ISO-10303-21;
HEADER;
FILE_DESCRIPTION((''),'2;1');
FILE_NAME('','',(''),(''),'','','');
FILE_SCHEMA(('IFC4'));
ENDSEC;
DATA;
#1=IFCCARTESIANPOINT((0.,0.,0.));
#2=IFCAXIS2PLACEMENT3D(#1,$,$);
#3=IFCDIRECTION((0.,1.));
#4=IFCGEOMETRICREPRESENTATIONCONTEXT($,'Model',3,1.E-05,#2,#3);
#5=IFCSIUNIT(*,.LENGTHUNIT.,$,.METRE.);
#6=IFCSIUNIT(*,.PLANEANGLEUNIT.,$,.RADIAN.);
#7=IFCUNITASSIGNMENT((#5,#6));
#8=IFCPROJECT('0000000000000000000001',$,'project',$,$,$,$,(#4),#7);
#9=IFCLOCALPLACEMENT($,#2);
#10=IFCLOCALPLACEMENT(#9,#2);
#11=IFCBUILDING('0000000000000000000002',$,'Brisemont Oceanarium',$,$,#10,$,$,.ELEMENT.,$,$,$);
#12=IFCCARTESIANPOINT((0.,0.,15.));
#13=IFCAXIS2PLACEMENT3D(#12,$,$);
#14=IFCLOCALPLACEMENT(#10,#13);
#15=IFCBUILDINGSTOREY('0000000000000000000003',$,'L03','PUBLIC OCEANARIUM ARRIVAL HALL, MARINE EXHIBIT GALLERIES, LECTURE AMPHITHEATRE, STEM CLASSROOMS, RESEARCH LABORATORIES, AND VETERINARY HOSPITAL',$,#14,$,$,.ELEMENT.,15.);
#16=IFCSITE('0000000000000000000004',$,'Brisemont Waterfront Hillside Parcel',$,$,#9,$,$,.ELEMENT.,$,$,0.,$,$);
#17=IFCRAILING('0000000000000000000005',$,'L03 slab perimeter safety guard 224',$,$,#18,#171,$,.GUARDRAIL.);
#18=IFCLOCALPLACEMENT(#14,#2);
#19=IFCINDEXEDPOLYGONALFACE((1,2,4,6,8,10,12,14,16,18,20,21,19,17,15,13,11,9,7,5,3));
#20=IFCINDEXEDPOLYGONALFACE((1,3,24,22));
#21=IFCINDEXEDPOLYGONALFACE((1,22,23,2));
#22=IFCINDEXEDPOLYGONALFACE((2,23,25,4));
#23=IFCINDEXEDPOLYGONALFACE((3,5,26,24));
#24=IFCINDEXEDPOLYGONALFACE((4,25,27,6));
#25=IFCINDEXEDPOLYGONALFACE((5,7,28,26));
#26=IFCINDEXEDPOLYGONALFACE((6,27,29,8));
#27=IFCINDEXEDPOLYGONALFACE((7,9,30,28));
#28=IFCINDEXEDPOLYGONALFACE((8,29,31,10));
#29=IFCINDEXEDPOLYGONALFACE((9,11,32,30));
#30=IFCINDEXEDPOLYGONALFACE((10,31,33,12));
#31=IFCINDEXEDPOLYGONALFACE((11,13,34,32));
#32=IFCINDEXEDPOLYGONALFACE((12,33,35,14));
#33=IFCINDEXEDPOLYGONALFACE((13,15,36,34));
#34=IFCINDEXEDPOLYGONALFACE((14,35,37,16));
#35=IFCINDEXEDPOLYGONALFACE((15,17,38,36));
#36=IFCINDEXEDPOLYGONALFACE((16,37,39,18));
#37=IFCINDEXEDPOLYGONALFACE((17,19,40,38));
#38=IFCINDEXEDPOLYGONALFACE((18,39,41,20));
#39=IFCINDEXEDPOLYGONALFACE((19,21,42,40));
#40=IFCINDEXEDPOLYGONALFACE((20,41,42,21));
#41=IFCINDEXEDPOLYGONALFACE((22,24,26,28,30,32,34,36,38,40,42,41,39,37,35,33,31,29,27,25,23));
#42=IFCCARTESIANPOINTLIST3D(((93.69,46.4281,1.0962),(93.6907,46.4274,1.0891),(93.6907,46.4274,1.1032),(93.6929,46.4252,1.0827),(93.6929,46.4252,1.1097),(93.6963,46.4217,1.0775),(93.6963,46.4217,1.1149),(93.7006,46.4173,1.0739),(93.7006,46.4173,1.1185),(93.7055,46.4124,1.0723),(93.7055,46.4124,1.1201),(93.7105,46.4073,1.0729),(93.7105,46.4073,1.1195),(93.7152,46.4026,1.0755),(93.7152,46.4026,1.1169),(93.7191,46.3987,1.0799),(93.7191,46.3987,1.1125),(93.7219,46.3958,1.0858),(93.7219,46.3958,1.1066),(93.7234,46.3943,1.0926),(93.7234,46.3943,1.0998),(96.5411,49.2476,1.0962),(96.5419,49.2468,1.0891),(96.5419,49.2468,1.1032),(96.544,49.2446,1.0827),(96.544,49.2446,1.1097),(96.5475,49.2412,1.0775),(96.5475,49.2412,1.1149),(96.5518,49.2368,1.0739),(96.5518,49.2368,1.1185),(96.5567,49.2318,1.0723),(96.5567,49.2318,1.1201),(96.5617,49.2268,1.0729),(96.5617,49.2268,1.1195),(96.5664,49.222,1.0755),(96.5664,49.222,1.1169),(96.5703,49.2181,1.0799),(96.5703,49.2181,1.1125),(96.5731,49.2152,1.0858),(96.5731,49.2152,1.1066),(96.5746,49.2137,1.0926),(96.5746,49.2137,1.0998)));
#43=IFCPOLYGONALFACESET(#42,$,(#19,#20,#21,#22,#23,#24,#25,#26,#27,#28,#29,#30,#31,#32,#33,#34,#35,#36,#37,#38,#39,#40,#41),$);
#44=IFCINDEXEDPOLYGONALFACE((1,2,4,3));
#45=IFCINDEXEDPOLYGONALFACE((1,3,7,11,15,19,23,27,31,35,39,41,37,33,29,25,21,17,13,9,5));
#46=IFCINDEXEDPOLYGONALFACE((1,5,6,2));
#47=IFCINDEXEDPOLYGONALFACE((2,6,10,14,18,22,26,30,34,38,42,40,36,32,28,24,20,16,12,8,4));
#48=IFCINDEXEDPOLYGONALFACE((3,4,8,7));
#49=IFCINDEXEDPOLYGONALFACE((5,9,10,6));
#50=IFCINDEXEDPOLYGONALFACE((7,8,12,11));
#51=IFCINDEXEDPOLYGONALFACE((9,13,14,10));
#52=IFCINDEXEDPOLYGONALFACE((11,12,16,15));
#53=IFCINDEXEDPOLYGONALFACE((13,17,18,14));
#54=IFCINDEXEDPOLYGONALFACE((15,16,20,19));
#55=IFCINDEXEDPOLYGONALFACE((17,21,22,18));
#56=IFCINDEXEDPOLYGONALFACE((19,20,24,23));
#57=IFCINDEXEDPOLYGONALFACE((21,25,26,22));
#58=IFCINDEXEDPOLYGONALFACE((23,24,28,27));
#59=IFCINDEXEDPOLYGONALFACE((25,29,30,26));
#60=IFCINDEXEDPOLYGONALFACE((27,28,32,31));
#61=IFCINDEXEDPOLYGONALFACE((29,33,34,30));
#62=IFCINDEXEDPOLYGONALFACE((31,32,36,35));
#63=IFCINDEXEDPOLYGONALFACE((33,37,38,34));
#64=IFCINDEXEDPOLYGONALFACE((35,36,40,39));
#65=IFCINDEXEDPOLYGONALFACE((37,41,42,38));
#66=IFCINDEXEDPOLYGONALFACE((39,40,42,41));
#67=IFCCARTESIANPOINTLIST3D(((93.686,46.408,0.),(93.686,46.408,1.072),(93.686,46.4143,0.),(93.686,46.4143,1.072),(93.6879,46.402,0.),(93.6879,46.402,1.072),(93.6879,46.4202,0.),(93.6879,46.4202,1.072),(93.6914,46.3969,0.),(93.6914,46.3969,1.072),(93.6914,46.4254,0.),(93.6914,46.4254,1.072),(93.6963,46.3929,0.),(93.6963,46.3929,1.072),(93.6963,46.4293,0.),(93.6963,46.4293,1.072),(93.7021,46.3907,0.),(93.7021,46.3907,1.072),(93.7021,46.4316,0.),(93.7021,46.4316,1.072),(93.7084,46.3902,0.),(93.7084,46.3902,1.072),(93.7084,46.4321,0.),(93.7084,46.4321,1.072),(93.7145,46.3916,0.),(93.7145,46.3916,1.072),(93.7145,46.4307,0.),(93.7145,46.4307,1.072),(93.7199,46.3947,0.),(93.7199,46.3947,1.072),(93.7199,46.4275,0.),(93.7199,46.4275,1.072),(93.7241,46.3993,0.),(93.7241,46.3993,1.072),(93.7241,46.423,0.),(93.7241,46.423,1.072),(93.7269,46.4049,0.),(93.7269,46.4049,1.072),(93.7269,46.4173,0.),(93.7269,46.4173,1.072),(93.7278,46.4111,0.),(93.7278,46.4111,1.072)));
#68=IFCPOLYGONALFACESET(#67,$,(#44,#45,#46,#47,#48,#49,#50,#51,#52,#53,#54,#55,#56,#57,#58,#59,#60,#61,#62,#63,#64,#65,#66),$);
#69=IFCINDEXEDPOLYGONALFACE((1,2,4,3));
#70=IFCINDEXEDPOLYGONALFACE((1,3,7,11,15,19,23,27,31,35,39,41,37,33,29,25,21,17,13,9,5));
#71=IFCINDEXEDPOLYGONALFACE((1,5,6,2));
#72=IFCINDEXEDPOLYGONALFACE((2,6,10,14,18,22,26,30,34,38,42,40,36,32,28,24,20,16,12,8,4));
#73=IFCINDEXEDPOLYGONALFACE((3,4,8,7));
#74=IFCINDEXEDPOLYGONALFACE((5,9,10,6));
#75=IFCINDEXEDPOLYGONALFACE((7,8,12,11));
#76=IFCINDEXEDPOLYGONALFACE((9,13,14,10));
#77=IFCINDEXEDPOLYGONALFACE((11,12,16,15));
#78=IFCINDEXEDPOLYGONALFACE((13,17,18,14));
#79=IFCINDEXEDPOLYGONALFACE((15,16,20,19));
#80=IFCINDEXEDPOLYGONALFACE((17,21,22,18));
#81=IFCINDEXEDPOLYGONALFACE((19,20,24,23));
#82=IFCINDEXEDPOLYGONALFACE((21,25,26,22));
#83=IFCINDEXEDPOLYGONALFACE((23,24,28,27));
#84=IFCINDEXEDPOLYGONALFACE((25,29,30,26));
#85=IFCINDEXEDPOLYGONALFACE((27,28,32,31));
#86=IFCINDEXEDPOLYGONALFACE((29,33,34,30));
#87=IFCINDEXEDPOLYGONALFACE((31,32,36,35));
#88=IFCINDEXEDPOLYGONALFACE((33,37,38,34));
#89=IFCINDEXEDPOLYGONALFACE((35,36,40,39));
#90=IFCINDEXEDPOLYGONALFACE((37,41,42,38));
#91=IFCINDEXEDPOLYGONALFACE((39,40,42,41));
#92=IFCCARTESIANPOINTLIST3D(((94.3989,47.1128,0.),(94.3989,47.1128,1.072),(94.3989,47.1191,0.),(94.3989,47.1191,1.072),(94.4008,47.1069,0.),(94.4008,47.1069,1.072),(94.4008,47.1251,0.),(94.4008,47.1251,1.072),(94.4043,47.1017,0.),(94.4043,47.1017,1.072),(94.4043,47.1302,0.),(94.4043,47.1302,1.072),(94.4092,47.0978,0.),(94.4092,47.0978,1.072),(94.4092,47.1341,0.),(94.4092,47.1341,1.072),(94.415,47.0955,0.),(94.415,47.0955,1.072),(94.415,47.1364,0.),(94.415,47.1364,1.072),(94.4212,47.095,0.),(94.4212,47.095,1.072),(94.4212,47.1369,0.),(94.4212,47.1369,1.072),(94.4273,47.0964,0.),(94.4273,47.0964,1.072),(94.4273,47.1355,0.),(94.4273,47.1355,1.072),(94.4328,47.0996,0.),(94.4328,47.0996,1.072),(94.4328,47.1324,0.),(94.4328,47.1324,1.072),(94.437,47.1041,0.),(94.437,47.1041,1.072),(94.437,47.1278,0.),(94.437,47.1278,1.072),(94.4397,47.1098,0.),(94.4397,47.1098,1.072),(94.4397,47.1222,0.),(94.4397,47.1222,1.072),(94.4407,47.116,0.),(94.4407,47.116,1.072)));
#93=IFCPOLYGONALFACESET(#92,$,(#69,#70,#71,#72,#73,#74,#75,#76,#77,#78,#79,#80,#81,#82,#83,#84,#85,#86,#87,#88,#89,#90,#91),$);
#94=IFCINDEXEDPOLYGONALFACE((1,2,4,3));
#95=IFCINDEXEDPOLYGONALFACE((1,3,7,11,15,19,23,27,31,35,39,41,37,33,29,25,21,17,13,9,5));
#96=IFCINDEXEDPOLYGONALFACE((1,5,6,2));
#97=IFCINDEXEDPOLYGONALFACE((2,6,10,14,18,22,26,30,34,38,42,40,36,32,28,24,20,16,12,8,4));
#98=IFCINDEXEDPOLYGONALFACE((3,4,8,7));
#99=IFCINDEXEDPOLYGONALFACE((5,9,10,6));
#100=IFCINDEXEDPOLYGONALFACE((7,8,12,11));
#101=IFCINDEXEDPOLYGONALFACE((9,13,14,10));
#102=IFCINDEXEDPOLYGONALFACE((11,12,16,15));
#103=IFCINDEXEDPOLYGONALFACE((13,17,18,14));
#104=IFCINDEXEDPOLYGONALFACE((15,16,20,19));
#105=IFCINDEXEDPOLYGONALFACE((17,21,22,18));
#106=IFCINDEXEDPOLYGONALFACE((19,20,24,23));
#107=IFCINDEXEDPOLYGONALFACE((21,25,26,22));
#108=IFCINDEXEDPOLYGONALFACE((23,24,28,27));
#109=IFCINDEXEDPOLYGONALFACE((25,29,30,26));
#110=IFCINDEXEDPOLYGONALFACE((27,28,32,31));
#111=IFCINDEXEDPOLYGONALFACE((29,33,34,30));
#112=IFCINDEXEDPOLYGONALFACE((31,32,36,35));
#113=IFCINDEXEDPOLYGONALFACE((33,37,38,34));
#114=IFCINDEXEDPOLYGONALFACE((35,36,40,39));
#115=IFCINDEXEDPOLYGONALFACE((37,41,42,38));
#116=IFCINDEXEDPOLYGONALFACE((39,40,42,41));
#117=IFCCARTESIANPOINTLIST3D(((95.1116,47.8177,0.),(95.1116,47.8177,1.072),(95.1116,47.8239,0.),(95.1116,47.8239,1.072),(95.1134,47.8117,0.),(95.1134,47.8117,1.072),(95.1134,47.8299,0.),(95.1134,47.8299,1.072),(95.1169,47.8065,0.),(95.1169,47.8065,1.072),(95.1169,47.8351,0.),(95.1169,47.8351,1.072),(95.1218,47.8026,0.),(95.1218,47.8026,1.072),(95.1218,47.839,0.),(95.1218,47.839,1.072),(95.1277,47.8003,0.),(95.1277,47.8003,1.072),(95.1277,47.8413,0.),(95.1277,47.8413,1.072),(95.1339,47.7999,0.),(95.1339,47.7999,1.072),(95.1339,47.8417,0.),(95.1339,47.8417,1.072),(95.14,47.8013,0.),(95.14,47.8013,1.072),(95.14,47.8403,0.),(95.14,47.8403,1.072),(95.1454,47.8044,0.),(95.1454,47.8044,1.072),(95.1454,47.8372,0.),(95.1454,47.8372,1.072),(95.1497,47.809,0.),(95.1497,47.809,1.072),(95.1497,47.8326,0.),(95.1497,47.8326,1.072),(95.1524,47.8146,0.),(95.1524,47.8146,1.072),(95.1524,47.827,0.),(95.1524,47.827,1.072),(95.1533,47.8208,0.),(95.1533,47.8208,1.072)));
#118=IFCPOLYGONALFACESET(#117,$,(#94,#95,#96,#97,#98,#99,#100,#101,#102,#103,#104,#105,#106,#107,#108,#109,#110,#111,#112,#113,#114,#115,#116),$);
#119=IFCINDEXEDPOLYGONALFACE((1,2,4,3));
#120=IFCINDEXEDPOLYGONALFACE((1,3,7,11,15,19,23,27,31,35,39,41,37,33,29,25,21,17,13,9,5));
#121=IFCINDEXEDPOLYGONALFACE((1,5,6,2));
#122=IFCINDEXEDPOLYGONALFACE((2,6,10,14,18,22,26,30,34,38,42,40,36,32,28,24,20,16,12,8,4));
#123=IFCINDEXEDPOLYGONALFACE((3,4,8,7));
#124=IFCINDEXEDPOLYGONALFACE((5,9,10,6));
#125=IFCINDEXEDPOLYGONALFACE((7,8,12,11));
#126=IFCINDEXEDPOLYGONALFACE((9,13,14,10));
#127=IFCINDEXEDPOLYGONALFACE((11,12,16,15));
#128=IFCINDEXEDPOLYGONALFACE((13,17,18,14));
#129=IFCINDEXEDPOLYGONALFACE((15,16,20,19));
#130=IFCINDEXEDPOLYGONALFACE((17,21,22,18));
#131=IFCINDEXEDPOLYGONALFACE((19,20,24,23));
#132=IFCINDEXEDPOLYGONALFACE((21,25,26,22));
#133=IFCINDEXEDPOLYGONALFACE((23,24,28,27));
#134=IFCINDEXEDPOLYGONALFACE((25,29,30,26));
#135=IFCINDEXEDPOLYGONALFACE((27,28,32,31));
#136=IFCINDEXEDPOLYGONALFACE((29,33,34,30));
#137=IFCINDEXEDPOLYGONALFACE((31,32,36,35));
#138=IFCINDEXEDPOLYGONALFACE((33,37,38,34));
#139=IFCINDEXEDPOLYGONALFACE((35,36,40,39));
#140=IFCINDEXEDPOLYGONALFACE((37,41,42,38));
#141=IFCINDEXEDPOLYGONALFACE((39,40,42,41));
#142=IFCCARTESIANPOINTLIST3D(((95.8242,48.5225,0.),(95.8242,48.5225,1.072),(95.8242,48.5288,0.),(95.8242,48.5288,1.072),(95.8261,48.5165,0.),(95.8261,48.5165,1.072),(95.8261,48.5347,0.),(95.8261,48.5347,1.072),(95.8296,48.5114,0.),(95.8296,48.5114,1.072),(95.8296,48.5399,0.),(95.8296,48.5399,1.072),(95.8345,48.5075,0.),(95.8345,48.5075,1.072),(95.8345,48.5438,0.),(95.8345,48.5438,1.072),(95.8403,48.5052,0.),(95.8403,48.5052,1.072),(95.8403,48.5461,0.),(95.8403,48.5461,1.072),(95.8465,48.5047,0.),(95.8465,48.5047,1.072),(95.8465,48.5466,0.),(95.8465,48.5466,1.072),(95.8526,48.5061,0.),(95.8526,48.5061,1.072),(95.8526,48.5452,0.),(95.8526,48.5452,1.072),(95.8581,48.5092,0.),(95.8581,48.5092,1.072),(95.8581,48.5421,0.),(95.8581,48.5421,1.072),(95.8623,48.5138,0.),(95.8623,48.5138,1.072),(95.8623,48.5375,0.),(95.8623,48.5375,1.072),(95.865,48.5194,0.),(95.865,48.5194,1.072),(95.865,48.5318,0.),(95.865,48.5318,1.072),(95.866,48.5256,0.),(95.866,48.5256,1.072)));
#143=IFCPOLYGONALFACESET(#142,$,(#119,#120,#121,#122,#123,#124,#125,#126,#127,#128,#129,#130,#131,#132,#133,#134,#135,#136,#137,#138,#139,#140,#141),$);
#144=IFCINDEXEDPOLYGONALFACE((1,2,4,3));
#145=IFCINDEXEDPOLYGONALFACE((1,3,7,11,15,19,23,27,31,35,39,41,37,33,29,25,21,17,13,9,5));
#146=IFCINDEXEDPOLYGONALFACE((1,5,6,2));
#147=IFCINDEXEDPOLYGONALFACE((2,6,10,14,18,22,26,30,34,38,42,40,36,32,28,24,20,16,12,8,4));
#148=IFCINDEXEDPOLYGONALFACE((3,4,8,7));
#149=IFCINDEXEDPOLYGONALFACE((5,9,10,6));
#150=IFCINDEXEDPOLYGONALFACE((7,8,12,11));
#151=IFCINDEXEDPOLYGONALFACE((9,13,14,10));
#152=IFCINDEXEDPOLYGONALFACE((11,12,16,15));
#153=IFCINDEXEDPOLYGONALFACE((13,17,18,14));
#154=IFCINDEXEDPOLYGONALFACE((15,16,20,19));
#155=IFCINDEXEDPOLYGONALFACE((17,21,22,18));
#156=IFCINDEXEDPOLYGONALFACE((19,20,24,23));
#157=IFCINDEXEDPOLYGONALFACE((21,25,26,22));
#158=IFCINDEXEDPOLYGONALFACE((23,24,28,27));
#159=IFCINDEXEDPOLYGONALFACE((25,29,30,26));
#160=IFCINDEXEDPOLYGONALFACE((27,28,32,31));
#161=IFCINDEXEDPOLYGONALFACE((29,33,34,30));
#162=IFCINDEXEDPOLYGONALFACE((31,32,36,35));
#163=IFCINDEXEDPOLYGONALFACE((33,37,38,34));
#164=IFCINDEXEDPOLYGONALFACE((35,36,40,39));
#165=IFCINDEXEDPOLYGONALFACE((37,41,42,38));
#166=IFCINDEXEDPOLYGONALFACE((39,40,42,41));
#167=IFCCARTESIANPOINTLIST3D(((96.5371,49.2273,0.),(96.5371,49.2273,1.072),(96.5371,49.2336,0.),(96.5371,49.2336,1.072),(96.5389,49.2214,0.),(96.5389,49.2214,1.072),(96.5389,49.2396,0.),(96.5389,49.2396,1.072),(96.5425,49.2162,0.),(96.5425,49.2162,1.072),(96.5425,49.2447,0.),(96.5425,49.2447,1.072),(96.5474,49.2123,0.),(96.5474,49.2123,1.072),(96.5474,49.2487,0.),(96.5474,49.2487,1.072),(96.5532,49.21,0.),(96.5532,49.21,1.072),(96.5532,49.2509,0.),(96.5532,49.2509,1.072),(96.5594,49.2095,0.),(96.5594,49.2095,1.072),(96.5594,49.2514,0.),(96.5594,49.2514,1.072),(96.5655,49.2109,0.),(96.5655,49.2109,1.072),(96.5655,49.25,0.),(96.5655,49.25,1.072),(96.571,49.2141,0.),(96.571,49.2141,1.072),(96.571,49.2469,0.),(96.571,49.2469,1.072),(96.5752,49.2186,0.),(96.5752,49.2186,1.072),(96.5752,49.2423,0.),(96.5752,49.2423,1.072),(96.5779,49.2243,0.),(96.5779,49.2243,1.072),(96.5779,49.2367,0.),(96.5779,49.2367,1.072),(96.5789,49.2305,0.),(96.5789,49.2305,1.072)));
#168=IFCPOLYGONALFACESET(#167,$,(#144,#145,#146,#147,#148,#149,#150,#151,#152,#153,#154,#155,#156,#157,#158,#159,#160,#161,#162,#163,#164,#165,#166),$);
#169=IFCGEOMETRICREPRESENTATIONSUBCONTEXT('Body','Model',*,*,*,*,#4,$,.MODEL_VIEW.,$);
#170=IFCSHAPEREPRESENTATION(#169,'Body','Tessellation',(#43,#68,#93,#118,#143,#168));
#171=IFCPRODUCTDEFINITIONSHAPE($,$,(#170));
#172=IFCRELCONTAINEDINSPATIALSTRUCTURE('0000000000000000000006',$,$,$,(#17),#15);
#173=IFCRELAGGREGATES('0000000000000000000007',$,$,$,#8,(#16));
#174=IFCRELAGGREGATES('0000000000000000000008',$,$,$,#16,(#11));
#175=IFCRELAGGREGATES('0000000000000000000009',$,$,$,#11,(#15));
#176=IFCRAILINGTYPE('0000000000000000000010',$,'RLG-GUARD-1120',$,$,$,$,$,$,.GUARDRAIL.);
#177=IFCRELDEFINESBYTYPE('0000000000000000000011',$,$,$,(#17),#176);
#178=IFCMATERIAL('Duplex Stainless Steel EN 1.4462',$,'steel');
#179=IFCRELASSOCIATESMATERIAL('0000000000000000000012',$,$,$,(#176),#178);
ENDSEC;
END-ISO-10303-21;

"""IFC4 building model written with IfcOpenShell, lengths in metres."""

from ifc_helpers import new_model, si_unit, direction, frame, origin, origin_2d, place, context, subcontext, project, spatial, circle, extrude, material, type_object, element, save


model = new_model("IFC4")

# Units and contexts
model_context = context("Model", 3, precision=1e-05, world=origin(), true_north=direction((0.0, 1.0)))
body_context = subcontext(model_context, "Body", "Model", "MODEL_VIEW")
ifc_project = project(units=[si_unit("LENGTHUNIT", "METRE"), si_unit("PLANEANGLEUNIT", "RADIAN")], contexts=[model_context])

# Site, building, storey
site_placement = place(None, origin())
site = spatial("IfcSite", under=ifc_project, at=site_placement, Name="Brisemont Waterfront Hillside Parcel", CompositionType="ELEMENT", RefElevation=0.0)
building_placement = place(site_placement, origin())
building = spatial("IfcBuilding", under=site, at=building_placement, Name="Brisemont Oceanarium", CompositionType="ELEMENT")
storey_placement = place(building_placement, frame((0.0, 0.0, 15.0)))
storey = spatial("IfcBuildingStorey", under=building, at=storey_placement, Name="L03", Description="PUBLIC OCEANARIUM ARRIVAL HALL, MARINE EXHIBIT GALLERIES, LECTURE AMPHITHEATRE, STEM CLASSROOMS, RESEARCH LABORATORIES, AND VETERINARY HOSPITAL", CompositionType="ELEMENT", Elevation=15.0)

# Railing
ifc_material_1 = material(Name="Duplex Stainless Steel EN 1.4462", Category="steel")
railing_type_1 = type_object("IfcRailingType", Name="RLG-GUARD-1120", PredefinedType="GUARDRAIL", material=ifc_material_1)
railing_1_placement = place(storey_placement, frame((93.7068, 46.4111, 0.0)))
element("IfcRailing", 1, at=railing_1_placement, inside=storey, type_object=railing_type_1, Name="L03 slab perimeter safety guard 224", PredefinedType="GUARDRAIL", context=body_context, shape_type="SweptSolid", body=[
    extrude(circle(Radius=0.0239, at=origin_2d()), frame((0.0, 0.0, 1.0962), z_axis=(0.711053, 0.703138, 0.0), x_axis=(-0.703138, 0.711053, 0.0)), (0.0, 0.0, 1.0), 4.0098),
    extrude(circle(Radius=0.021, at=origin_2d()), origin(), (0.0, 0.0, 1.0), 1.072),
    extrude(circle(Radius=0.021, at=origin_2d()), frame((0.7129, 0.7048, 0.0)), (0.0, 0.0, 1.0), 1.072),
    extrude(circle(Radius=0.021, at=origin_2d()), frame((1.4255, 1.4097, 0.0)), (0.0, 0.0, 1.0), 1.072),
    extrude(circle(Radius=0.021, at=origin_2d()), frame((2.1382, 2.1145, 0.0)), (0.0, 0.0, 1.0), 1.072),
    extrude(circle(Radius=0.021, at=origin_2d()), frame((2.8511, 2.8193, 0.0)), (0.0, 0.0, 1.0), 1.072),
])

save(model, "model.ifc")
